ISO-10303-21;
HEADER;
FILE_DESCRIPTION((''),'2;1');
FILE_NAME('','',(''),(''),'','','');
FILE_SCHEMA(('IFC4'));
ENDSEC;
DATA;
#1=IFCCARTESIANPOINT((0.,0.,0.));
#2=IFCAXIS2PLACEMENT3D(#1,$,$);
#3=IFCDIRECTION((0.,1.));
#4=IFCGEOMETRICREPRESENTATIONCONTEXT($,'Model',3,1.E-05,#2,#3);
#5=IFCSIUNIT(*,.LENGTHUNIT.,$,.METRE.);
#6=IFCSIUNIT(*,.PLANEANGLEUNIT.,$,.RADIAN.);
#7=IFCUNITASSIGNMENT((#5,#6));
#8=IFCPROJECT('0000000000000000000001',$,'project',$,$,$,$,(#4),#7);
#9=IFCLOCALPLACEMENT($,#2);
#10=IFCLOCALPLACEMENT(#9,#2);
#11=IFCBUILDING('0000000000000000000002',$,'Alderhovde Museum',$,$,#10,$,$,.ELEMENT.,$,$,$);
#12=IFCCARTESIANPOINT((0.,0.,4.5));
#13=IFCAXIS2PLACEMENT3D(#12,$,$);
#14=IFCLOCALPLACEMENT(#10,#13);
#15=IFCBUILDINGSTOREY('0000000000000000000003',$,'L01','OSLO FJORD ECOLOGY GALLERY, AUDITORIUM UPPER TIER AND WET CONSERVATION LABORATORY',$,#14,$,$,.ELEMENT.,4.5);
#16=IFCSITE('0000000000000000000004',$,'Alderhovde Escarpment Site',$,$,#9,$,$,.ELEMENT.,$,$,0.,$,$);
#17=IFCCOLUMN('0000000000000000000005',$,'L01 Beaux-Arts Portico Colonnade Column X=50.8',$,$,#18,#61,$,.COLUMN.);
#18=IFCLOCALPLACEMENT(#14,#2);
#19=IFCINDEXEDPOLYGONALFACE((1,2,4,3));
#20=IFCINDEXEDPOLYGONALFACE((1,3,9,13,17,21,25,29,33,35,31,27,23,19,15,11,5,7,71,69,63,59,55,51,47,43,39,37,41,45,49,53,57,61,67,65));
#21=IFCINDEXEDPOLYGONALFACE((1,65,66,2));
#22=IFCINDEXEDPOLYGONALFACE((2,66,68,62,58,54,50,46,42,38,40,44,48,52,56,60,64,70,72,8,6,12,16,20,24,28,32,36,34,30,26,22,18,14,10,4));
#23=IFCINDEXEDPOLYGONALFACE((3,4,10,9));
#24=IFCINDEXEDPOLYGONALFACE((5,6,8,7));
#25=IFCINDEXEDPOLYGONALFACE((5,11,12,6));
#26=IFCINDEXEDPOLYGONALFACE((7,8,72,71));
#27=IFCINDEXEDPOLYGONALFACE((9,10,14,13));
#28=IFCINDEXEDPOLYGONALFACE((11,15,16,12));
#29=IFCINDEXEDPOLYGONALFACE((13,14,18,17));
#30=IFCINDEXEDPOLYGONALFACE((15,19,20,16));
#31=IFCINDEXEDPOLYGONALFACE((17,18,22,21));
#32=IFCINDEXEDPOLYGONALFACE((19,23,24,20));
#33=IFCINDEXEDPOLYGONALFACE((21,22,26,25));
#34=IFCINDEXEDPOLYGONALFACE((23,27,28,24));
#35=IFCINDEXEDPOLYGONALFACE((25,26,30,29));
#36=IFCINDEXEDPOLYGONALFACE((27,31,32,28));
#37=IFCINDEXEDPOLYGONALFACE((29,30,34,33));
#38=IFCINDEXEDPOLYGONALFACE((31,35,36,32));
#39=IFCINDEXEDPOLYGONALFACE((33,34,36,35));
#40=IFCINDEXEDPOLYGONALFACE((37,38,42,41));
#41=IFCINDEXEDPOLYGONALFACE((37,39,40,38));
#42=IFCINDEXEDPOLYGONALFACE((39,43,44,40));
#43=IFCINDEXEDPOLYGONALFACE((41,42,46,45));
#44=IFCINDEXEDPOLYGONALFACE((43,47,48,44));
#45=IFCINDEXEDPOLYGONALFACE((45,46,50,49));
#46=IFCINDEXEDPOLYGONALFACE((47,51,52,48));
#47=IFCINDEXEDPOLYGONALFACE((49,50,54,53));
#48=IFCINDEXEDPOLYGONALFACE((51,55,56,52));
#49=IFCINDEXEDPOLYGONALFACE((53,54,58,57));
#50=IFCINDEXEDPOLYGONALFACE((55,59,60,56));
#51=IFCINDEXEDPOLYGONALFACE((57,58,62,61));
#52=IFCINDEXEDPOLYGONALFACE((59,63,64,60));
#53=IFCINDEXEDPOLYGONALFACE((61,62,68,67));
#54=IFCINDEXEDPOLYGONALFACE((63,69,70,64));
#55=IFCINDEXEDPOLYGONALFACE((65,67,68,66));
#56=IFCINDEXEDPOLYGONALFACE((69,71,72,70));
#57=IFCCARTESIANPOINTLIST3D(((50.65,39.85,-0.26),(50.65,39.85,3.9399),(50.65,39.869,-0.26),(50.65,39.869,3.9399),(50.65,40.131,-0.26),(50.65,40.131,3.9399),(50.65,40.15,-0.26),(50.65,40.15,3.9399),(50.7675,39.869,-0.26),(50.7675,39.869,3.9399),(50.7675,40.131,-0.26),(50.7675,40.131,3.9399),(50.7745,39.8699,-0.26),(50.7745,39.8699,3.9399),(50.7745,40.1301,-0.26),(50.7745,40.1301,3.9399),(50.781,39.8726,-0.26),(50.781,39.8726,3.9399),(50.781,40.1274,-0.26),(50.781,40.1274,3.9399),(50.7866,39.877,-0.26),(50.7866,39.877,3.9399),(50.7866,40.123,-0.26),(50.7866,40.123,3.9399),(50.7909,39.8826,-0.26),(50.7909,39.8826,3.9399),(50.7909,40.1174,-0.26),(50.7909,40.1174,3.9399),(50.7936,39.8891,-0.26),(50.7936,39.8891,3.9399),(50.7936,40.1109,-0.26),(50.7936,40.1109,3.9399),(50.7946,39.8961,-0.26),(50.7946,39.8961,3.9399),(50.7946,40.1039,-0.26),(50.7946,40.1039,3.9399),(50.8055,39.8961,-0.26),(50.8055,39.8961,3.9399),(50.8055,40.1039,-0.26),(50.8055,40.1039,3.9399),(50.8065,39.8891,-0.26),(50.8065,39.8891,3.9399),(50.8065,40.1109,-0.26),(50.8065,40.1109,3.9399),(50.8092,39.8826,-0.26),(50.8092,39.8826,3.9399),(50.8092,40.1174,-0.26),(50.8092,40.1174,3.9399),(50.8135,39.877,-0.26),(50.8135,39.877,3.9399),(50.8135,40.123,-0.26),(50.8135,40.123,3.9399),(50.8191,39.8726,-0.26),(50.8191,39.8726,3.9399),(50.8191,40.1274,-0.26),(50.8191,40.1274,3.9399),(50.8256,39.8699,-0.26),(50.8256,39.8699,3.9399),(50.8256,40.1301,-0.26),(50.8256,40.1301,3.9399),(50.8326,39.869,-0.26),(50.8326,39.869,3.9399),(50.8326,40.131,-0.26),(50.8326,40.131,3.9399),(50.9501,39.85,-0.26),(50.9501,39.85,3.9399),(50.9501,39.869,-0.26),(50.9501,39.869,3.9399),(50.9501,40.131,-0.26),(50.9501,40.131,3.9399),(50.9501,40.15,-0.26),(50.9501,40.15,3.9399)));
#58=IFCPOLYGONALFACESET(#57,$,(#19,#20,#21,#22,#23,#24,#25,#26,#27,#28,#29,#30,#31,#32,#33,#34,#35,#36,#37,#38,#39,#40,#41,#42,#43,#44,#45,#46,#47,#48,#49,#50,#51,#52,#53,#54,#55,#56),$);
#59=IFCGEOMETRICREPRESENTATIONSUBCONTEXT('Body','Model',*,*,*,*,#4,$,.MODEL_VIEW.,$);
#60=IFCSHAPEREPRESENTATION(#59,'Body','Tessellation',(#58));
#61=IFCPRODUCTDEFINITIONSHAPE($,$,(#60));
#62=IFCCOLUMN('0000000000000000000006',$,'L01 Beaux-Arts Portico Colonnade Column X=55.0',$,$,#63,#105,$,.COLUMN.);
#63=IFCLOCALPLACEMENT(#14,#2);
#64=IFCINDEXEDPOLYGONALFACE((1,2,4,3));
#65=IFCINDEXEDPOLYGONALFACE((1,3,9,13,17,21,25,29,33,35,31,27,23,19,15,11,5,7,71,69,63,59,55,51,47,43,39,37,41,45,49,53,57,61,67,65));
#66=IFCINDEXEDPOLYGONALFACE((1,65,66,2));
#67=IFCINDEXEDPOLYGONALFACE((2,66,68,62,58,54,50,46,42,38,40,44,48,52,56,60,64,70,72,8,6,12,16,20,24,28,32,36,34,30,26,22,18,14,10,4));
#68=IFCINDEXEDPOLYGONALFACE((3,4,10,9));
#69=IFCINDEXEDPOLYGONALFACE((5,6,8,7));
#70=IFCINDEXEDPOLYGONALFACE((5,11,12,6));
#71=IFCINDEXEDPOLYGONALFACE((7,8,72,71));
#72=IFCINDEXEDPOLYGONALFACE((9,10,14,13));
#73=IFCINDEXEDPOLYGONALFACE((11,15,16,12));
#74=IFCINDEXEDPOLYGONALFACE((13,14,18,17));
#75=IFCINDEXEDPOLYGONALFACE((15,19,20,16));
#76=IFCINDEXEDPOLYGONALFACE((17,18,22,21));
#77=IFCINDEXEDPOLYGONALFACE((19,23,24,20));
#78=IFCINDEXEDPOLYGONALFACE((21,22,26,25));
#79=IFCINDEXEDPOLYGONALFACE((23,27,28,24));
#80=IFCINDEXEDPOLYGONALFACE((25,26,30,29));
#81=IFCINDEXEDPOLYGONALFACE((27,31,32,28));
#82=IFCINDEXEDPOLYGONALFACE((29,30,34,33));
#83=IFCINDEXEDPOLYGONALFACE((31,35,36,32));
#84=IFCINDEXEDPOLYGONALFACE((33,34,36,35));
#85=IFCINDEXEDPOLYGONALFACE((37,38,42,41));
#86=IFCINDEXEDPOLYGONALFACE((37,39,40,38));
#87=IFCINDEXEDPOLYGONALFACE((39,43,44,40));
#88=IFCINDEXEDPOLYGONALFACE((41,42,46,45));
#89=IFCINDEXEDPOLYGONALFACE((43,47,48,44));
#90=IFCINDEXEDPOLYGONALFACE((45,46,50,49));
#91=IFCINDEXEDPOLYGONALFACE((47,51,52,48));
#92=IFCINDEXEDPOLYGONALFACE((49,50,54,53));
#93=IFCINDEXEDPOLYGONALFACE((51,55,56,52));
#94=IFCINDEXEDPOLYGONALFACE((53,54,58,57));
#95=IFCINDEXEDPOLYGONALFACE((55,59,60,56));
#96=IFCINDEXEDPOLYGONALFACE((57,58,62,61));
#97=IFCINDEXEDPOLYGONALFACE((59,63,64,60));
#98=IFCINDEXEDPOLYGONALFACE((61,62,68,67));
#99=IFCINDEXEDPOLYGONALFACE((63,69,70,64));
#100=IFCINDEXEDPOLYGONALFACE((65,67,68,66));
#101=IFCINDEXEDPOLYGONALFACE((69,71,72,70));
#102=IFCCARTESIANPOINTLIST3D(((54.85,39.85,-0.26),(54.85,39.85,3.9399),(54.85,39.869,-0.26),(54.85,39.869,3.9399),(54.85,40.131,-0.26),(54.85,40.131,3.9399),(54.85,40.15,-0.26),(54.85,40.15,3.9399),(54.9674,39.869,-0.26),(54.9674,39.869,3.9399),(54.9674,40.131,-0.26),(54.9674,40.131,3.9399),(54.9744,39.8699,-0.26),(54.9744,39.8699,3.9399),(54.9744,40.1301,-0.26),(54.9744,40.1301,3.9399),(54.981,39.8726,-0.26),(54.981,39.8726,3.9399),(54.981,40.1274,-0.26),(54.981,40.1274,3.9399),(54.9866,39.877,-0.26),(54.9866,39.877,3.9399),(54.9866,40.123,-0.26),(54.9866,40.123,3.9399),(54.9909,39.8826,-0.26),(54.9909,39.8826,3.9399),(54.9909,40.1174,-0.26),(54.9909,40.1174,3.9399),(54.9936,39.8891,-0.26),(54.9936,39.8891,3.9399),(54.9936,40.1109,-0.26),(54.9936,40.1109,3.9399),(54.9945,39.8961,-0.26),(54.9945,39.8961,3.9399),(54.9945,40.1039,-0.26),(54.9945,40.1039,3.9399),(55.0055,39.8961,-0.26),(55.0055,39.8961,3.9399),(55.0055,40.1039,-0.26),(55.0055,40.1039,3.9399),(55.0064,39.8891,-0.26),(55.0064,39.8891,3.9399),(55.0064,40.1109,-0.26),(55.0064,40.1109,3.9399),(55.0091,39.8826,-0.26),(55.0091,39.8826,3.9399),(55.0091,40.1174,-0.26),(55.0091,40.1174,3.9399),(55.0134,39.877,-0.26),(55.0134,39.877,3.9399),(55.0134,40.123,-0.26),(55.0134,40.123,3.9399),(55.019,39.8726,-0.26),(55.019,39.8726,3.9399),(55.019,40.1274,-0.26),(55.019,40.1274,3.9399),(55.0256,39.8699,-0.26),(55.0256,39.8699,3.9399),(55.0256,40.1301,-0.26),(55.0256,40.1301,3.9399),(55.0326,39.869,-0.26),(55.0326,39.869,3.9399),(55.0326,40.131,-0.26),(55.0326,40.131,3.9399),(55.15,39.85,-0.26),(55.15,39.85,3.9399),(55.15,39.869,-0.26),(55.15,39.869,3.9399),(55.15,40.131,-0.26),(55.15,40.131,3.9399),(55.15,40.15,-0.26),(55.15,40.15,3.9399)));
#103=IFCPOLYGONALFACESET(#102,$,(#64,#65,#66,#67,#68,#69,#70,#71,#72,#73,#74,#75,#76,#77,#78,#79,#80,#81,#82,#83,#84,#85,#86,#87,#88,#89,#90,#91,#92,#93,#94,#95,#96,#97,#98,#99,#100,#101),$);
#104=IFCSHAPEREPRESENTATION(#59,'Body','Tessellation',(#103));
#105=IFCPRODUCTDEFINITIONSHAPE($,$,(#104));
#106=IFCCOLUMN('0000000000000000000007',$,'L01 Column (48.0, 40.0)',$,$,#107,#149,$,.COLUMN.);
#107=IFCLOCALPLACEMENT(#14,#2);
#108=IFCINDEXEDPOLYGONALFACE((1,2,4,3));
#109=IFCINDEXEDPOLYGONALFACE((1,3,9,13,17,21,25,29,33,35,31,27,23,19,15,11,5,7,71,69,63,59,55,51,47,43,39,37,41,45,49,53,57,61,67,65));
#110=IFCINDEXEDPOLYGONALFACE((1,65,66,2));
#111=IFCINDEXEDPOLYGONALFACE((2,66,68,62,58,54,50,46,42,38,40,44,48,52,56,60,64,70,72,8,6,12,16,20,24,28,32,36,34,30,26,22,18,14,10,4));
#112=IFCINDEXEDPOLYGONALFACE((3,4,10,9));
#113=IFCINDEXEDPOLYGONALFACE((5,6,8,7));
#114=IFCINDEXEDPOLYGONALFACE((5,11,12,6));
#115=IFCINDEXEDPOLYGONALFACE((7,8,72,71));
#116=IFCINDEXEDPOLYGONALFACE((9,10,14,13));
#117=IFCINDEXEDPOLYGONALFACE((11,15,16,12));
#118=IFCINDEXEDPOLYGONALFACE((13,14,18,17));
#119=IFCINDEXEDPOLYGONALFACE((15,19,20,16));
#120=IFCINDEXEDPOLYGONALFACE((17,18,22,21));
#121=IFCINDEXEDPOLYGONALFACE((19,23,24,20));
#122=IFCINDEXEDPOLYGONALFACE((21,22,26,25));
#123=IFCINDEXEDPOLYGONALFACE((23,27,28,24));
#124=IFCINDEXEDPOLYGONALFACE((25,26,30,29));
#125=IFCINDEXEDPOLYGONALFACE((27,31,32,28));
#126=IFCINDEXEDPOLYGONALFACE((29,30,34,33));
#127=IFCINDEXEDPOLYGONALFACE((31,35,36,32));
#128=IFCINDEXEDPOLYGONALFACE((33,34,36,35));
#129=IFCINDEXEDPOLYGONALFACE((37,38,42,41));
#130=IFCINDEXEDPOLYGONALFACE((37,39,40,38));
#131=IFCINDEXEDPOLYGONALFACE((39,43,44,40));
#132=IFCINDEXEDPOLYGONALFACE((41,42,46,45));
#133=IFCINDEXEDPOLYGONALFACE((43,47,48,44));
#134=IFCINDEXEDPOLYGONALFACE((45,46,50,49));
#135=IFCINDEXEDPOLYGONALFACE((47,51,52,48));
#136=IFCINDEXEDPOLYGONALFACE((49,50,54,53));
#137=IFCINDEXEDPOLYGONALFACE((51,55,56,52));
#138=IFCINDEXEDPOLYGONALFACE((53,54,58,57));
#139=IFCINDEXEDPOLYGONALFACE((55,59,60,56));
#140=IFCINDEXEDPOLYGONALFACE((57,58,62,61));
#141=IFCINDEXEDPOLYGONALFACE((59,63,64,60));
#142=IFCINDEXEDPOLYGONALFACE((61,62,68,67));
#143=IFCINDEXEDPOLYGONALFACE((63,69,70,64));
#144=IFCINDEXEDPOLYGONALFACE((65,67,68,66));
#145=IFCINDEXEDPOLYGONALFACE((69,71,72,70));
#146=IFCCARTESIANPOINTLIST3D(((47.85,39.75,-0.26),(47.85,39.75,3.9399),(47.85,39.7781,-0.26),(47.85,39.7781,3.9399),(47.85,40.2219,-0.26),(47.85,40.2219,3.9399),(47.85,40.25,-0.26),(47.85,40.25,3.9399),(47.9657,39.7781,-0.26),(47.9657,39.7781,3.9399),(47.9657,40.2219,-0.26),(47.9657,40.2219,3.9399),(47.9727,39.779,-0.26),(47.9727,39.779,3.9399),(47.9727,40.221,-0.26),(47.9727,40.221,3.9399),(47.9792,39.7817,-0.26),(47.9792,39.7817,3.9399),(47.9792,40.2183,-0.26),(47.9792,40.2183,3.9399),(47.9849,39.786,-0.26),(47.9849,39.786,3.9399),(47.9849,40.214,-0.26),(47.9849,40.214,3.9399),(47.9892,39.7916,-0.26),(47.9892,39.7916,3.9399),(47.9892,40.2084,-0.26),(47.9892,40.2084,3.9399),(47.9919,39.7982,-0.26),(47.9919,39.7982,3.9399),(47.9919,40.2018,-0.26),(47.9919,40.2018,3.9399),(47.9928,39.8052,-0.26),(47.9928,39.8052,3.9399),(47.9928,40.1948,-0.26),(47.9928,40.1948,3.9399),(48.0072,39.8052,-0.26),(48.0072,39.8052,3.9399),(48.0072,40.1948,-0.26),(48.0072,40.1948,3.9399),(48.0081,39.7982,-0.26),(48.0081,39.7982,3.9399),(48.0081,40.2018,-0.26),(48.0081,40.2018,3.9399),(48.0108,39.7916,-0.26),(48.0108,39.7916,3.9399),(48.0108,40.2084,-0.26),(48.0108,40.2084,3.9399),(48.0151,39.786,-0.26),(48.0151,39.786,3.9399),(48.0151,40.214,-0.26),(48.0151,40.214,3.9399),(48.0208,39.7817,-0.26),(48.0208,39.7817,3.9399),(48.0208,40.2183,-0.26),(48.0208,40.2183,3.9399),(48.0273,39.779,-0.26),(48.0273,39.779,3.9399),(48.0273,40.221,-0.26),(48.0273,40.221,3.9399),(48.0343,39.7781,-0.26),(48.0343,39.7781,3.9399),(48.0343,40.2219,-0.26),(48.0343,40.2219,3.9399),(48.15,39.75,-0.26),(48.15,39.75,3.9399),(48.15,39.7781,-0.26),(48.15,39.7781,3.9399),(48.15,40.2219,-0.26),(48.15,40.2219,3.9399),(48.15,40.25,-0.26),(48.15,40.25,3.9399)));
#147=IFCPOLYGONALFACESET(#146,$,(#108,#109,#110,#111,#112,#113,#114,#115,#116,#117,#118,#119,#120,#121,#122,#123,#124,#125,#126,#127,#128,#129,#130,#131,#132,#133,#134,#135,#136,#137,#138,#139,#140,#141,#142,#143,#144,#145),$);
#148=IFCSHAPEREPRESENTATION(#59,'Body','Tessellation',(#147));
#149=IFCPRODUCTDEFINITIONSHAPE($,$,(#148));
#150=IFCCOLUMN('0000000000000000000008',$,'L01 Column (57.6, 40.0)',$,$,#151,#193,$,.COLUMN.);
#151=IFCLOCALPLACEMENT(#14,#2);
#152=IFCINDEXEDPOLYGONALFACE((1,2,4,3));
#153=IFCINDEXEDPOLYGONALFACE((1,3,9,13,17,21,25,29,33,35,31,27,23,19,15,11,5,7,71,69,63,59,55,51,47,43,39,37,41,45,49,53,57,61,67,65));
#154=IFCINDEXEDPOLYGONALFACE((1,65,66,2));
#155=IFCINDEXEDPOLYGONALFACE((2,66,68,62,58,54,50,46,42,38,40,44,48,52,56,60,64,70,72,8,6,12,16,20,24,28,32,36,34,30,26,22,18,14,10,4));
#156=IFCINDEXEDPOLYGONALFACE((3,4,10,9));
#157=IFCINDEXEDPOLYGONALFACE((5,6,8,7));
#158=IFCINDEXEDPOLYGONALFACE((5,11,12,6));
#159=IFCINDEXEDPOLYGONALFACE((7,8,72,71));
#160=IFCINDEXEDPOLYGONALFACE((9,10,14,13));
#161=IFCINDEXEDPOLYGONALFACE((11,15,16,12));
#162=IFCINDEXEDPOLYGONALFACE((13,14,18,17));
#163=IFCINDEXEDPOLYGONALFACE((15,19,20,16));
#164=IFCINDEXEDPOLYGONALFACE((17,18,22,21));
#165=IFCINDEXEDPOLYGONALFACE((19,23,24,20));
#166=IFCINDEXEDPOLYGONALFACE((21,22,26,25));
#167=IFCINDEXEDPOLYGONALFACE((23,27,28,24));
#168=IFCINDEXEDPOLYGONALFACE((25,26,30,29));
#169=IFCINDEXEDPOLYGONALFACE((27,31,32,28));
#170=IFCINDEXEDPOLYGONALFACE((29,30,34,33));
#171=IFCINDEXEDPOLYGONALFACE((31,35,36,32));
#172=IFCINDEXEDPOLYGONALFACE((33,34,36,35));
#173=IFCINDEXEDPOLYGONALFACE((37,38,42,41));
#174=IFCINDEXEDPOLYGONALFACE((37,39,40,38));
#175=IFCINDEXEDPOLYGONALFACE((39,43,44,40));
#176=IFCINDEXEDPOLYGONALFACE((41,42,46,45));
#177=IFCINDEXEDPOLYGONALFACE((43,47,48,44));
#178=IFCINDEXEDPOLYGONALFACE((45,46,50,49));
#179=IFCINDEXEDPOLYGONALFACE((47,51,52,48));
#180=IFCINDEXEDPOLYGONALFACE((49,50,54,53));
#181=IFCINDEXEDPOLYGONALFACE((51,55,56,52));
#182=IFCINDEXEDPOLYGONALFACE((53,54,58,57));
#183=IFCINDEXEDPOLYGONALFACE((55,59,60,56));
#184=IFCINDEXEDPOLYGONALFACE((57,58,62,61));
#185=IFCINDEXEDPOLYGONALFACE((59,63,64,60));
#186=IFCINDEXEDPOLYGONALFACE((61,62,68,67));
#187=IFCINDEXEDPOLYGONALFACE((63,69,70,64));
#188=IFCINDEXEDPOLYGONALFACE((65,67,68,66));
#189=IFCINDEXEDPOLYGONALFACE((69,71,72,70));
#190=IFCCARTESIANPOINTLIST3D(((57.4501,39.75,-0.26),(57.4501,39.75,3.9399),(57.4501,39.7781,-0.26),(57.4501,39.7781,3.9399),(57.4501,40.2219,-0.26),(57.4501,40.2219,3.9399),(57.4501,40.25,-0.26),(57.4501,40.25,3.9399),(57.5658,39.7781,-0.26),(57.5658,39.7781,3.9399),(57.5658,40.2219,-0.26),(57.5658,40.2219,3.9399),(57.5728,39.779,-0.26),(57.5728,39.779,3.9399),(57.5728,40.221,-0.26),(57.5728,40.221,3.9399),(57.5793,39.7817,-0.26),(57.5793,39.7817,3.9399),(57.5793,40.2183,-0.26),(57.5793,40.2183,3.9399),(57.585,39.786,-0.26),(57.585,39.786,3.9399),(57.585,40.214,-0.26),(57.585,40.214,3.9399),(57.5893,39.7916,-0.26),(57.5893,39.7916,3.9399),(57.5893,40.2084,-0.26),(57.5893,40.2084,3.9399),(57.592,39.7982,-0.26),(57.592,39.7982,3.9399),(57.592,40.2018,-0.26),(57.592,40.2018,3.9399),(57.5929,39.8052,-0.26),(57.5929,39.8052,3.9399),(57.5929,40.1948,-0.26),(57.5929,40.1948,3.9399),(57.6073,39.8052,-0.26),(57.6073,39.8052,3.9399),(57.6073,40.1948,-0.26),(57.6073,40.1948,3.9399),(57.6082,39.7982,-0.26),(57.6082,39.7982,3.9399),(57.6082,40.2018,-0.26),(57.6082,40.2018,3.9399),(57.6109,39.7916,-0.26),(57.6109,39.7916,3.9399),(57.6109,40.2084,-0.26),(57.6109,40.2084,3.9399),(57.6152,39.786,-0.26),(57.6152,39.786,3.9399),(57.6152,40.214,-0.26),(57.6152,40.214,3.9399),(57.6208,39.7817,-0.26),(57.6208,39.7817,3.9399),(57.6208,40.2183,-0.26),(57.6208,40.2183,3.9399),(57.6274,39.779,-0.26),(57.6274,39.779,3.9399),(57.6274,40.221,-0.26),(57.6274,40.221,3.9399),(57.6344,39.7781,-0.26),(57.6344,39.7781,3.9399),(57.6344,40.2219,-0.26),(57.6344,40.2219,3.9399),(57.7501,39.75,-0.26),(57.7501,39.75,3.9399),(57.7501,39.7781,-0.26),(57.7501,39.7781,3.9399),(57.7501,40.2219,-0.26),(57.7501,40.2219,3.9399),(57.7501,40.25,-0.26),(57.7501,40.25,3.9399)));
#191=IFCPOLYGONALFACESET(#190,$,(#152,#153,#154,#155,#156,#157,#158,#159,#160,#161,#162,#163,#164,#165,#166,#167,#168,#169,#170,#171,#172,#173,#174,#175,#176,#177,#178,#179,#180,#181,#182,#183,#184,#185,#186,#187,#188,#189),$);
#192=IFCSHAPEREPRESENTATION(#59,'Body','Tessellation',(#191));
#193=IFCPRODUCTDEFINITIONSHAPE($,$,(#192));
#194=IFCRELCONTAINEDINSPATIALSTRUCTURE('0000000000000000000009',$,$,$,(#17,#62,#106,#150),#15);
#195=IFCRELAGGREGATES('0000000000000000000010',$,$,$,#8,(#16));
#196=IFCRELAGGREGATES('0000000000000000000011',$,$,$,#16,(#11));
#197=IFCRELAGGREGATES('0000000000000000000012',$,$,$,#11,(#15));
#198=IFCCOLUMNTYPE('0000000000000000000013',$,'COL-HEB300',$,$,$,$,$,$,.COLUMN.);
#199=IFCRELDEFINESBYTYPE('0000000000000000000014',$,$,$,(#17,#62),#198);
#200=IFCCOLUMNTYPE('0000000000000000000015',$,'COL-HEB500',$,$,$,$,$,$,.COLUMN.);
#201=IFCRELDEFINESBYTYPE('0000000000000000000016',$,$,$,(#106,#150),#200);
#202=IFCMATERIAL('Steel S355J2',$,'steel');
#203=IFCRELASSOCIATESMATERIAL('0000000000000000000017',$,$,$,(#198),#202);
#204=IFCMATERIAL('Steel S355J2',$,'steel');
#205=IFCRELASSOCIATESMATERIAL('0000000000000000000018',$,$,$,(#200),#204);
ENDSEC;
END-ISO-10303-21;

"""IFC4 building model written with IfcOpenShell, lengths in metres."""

from ifc_helpers import new_model, si_unit, direction, frame, origin, origin_2d, place, context, subcontext, project, spatial, i_section, extrude, material, material_profile, profile_set, type_object, element, save


model = new_model("IFC4")

# Units and contexts
model_context = context("Model", 3, precision=1e-05, world=origin(), true_north=direction((0.0, 1.0)))
body_context = subcontext(model_context, "Body", "Model", "MODEL_VIEW")
ifc_project = project(units=[si_unit("LENGTHUNIT", "METRE"), si_unit("PLANEANGLEUNIT", "RADIAN")], contexts=[model_context])

# Site, building, storey
site_placement = place(None, origin())
site = spatial("IfcSite", under=ifc_project, at=site_placement, Name="Alderhovde Escarpment Site", CompositionType="ELEMENT", RefElevation=0.0)
building_placement = place(site_placement, origin())
building = spatial("IfcBuilding", under=site, at=building_placement, Name="Alderhovde Museum", CompositionType="ELEMENT")
storey_placement = place(building_placement, frame((0.0, 0.0, 4.5)))
storey = spatial("IfcBuildingStorey", under=building, at=storey_placement, Name="L01", Description="OSLO FJORD ECOLOGY GALLERY, AUDITORIUM UPPER TIER AND WET CONSERVATION LABORATORY", CompositionType="ELEMENT", Elevation=4.5)

# Columns
ifc_material_1 = material(Name="Steel S355J2", Category="steel")
ifc_material_profile_1 = material_profile(ifc_material_1, i_section(OverallWidth=0.3, OverallDepth=0.3, WebThickness=0.011, FlangeThickness=0.019, FilletRadius=0.0271, at=origin_2d()), Name="HEB 300")
ifc_profile_set_1 = profile_set([ifc_material_profile_1], Name="Steel S355J2")
column_type_1 = type_object("IfcColumnType", Name="COL-HEB300", PredefinedType="COLUMN", material=ifc_profile_set_1)
for number, where, z_axis, x_axis, name in (
    (1, (50.8, 40.0, -0.26), (0.0, 0.0, 1.0), (1.0, 0.0, 0.0), "L01 Beaux-Arts Portico Colonnade Column X=50.8"),
    (2, (55.0, 40.0, -0.26), (0.0, 0.0, 1.0), (1.0, 0.0, 0.0), "L01 Beaux-Arts Portico Colonnade Column X=55.0"),
):
    element("IfcColumn", number, at=place(storey_placement, frame(where, z_axis=z_axis, x_axis=x_axis)), inside=storey, type_object=column_type_1, Name=name, PredefinedType="COLUMN", context=body_context, shape_type="SweptSolid", body=[
        extrude(i_section(OverallWidth=0.3, OverallDepth=0.3, WebThickness=0.011, FlangeThickness=0.019, FilletRadius=0.0271, at=origin_2d()), origin(), (0.0, 0.0, 1.0), 4.2),
    ])
ifc_material_2 = material(Name="Steel S355J2", Category="steel")
ifc_material_profile_2 = material_profile(ifc_material_2, i_section(OverallWidth=0.3, OverallDepth=0.5, WebThickness=0.0144, FlangeThickness=0.0281, FilletRadius=0.0271, at=origin_2d()), Name="HEB 500")
ifc_profile_set_2 = profile_set([ifc_material_profile_2], Name="Steel S355J2")
column_type_2 = type_object("IfcColumnType", Name="COL-HEB500", PredefinedType="COLUMN", material=ifc_profile_set_2)
for number, where, z_axis, x_axis, name in (
    (3, (48.0, 40.0, -0.26), (0.0, 0.0, 1.0), (1.0, 0.0, 0.0), "L01 Column (48.0, 40.0)"),
    (4, (57.6001, 40.0, -0.26), (0.0, 0.0, 1.0), (1.0, 0.0, 0.0), "L01 Column (57.6, 40.0)"),
):
    element("IfcColumn", number, at=place(storey_placement, frame(where, z_axis=z_axis, x_axis=x_axis)), inside=storey, type_object=column_type_2, Name=name, PredefinedType="COLUMN", context=body_context, shape_type="SweptSolid", body=[
        extrude(i_section(OverallWidth=0.3, OverallDepth=0.5, WebThickness=0.0144, FlangeThickness=0.0281, FilletRadius=0.0271, at=origin_2d()), origin(), (0.0, 0.0, 1.0), 4.2),
    ])

save(model, "model.ifc")
